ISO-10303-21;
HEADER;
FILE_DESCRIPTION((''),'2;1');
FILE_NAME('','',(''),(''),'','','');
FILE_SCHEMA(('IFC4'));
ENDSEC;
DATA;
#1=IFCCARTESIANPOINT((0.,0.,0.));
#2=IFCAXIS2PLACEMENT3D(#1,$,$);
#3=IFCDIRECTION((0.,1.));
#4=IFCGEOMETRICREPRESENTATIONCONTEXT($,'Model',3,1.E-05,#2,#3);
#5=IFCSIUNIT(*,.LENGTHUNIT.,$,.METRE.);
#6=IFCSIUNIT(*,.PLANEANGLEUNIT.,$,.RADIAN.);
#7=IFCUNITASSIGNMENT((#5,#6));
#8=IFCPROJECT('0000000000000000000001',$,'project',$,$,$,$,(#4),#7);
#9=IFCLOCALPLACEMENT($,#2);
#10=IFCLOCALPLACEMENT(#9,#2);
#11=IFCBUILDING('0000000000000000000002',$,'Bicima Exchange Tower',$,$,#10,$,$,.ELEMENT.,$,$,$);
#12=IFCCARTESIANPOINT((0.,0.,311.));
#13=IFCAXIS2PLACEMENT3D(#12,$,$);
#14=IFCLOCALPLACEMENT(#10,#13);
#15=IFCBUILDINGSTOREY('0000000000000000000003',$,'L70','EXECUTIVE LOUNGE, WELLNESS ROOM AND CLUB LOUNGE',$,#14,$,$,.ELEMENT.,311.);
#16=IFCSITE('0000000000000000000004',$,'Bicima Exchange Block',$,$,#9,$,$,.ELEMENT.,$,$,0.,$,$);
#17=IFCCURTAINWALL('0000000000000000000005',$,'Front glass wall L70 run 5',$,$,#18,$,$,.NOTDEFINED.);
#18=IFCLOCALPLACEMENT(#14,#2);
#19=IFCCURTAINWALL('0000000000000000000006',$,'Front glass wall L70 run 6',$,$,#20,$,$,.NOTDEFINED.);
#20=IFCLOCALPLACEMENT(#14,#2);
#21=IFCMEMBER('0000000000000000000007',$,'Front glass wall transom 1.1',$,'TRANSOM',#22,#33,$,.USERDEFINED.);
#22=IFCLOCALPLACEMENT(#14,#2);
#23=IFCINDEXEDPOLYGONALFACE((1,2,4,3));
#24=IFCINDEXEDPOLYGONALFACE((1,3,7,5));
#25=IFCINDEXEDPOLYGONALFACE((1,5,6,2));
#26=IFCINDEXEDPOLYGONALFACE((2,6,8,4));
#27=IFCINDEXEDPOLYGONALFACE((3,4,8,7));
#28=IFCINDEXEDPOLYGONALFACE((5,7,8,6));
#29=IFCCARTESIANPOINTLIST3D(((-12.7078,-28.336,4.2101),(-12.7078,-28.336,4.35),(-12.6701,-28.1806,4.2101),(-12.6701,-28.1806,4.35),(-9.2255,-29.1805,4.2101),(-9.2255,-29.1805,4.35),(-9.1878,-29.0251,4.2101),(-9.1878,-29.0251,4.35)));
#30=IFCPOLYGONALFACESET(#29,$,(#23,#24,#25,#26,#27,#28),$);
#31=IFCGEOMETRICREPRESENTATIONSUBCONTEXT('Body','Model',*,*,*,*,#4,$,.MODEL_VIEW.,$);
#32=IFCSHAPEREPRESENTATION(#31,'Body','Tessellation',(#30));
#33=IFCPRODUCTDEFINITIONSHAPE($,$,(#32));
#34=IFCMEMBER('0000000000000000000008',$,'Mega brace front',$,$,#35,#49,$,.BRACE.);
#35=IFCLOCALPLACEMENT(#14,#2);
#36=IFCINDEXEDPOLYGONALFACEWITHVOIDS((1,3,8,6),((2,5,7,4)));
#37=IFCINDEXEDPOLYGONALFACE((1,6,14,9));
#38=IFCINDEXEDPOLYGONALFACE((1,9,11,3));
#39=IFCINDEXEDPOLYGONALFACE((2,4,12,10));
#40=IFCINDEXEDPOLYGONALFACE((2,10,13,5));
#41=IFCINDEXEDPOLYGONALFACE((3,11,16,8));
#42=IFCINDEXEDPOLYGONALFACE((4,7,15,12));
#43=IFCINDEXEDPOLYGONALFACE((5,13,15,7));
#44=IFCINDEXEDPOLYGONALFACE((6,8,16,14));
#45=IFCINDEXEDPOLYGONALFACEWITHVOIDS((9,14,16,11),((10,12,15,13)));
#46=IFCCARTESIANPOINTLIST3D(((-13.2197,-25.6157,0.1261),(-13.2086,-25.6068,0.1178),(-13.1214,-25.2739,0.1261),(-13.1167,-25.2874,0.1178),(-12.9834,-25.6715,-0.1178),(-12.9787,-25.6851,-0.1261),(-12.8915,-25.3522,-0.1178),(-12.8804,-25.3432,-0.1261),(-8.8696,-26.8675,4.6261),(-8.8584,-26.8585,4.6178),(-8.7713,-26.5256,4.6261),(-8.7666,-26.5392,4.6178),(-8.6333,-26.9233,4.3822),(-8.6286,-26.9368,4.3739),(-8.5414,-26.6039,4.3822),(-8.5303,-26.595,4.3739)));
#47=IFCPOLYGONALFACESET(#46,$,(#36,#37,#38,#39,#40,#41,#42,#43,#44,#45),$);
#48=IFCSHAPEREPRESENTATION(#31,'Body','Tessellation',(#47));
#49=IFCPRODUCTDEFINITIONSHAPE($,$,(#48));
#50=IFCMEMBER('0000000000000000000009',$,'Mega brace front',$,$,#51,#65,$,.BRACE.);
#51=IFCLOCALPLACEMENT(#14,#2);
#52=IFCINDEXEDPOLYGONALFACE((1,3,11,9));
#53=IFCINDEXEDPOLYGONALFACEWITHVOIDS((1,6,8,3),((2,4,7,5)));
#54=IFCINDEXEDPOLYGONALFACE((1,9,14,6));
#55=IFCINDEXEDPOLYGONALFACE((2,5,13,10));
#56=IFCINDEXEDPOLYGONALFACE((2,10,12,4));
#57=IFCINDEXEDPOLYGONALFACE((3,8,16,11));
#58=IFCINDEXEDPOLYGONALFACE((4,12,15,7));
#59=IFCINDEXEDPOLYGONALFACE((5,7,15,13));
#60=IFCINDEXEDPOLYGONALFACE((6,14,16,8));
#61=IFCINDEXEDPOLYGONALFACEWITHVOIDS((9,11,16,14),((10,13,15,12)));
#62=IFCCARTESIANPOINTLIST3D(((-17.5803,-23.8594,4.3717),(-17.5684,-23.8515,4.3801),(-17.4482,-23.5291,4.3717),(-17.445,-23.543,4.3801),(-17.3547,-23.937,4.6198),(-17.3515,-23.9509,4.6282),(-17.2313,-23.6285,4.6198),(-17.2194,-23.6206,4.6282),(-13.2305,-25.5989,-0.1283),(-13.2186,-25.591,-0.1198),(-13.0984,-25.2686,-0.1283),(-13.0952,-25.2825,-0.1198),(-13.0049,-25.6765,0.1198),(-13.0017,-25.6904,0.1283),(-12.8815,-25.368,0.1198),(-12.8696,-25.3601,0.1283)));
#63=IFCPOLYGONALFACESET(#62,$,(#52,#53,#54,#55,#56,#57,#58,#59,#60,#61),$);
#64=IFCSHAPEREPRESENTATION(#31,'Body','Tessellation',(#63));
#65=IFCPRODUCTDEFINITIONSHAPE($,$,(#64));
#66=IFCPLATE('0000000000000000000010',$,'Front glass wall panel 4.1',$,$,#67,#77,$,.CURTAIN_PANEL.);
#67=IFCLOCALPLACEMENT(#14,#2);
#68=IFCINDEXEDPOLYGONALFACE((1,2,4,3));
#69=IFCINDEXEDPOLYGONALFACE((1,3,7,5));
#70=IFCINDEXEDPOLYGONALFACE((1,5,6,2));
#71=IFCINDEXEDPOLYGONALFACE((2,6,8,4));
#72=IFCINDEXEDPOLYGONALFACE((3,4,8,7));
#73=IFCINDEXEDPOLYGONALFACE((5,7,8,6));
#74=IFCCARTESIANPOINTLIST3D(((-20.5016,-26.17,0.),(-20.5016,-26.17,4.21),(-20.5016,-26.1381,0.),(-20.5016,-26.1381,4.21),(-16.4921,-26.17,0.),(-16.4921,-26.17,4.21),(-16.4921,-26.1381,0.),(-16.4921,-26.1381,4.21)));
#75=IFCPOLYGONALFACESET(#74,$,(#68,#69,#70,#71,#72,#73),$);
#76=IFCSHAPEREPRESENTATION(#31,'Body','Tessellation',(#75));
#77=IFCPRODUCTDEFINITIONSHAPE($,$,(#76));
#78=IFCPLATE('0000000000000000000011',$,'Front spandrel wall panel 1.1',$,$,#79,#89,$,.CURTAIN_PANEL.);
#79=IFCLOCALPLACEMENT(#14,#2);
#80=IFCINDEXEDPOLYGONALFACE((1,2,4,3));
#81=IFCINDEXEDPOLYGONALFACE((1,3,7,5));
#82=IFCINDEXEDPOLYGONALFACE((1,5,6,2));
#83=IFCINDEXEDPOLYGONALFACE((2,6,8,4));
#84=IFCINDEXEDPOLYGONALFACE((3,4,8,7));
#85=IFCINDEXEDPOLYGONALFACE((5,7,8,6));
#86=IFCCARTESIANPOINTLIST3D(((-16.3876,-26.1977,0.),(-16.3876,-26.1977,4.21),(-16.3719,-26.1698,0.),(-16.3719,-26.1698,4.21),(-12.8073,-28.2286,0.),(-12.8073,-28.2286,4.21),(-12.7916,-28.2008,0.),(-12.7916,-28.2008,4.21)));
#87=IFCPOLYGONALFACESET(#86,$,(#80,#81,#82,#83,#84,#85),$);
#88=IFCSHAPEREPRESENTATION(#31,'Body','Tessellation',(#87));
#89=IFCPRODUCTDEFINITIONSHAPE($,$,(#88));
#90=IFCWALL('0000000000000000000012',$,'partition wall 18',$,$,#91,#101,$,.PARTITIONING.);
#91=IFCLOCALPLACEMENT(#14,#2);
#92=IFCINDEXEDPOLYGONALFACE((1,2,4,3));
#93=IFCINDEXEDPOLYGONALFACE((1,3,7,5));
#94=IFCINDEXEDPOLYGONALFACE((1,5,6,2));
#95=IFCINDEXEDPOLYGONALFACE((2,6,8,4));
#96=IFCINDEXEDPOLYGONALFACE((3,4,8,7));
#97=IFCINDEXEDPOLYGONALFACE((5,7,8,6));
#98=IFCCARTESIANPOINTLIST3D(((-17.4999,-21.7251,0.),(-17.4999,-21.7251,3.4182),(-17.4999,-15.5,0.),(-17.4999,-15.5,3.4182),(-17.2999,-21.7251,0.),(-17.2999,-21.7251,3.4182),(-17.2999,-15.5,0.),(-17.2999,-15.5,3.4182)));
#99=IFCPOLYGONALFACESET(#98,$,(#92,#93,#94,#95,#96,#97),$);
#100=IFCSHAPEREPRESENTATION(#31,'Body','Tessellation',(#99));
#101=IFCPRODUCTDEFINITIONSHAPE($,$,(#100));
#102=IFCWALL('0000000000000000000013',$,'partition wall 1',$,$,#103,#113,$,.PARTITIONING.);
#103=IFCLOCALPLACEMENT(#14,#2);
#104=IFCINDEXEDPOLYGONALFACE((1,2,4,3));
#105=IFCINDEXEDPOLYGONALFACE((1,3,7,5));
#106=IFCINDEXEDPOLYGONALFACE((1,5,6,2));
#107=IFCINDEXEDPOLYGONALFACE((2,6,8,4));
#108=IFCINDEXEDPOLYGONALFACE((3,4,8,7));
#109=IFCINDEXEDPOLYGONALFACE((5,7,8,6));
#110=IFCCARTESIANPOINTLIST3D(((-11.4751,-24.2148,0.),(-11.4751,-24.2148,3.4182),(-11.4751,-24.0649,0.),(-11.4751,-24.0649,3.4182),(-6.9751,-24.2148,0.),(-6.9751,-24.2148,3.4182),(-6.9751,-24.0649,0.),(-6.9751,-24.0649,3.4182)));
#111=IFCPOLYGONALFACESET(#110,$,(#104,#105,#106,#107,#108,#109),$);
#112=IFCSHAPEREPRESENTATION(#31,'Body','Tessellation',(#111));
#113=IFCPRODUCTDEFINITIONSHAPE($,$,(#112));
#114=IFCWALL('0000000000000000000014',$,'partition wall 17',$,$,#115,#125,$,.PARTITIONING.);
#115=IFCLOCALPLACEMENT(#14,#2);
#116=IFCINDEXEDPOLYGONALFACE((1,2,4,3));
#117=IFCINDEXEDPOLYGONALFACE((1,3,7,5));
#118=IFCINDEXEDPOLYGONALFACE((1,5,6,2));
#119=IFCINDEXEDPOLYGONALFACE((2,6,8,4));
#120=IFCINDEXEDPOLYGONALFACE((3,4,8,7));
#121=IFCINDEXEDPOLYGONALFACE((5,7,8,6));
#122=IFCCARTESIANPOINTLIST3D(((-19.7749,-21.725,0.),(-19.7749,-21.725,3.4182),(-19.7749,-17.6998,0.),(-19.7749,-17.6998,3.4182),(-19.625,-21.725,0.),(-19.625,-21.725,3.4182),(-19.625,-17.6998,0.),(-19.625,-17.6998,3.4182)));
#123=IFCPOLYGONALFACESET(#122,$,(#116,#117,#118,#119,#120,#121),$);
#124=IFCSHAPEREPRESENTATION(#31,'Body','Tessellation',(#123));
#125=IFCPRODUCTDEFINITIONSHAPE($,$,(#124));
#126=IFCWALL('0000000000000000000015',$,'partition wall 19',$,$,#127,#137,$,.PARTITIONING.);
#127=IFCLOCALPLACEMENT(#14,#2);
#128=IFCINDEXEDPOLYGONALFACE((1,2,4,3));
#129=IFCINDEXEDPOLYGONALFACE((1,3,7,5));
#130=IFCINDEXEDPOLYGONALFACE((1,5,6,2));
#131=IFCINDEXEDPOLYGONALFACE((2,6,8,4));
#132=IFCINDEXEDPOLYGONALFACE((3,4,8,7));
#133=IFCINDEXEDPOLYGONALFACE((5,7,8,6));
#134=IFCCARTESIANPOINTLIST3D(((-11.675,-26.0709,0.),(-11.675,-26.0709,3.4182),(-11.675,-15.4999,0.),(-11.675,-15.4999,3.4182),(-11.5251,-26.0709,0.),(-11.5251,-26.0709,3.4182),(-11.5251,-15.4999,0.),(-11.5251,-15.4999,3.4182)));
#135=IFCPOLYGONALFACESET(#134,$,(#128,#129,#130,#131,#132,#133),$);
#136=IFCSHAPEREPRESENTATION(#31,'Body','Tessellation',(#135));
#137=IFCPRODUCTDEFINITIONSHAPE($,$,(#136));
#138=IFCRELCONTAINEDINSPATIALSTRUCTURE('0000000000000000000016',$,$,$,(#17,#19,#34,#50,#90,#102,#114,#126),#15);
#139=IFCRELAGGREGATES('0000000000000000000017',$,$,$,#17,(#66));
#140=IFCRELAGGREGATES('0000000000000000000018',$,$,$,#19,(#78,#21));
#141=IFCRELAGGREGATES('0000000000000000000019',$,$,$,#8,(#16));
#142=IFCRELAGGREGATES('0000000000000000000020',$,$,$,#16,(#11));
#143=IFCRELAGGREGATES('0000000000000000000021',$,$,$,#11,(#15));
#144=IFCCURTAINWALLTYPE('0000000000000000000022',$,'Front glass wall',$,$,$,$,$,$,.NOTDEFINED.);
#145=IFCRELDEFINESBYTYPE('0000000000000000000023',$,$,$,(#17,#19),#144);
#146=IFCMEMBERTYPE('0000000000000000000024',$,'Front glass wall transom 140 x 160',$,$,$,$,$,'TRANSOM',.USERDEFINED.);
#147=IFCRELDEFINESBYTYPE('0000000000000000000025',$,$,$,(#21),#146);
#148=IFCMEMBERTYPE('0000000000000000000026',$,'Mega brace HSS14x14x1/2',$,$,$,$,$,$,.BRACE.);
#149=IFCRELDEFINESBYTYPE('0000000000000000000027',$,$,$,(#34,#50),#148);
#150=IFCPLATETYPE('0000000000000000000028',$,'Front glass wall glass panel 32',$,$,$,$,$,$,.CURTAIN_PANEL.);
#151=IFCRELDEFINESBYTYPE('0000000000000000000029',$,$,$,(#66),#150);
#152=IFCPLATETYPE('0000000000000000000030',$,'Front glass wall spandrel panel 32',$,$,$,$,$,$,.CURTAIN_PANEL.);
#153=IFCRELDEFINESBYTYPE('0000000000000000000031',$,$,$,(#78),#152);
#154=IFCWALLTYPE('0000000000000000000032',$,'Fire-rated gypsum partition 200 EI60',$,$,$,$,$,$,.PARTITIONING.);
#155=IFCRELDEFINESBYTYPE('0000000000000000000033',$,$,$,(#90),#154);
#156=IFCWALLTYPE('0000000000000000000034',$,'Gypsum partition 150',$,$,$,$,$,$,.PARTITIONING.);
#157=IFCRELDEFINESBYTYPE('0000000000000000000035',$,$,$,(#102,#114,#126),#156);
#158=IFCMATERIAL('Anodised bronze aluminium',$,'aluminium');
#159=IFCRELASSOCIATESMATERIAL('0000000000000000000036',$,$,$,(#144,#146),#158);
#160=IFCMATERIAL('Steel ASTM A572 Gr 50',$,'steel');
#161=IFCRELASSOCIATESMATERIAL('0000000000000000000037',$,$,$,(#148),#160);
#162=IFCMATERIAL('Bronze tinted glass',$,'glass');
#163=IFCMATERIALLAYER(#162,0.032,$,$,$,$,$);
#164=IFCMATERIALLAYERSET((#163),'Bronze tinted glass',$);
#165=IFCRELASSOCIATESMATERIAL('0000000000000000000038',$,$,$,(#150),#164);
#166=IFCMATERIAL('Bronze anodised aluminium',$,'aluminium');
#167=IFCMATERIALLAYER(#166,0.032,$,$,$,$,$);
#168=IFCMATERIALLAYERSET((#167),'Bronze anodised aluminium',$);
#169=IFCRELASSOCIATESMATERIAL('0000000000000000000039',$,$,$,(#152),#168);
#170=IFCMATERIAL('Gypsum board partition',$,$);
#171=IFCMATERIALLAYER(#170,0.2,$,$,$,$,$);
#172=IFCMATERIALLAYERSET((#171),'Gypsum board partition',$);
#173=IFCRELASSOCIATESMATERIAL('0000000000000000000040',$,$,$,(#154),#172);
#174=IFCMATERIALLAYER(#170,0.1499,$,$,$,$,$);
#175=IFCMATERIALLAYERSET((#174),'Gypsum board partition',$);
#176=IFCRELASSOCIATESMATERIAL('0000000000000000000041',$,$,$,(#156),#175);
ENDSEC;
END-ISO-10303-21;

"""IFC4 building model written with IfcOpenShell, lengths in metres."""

from ifc_helpers import new_model, si_unit, direction, frame, frame_2d, origin, origin_2d, place, context, subcontext, project, spatial, rectangle, hollow_rectangle, extrude, material, layer, layer_set, material_profile, profile_set, type_object, element, aggregate, save


model = new_model("IFC4")

# Units and contexts
model_context = context("Model", 3, precision=1e-05, world=origin(), true_north=direction((0.0, 1.0)))
body_context = subcontext(model_context, "Body", "Model", "MODEL_VIEW")
ifc_project = project(units=[si_unit("LENGTHUNIT", "METRE"), si_unit("PLANEANGLEUNIT", "RADIAN")], contexts=[model_context])

# Site, building, storey
site_placement = place(None, origin())
site = spatial("IfcSite", under=ifc_project, at=site_placement, Name="Bicima Exchange Block", CompositionType="ELEMENT", RefElevation=0.0)
building_placement = place(site_placement, origin())
building = spatial("IfcBuilding", under=site, at=building_placement, Name="Bicima Exchange Tower", CompositionType="ELEMENT")
storey_placement = place(building_placement, frame((0.0, 0.0, 311.0)))
storey = spatial("IfcBuildingStorey", under=building, at=storey_placement, Name="L70", Description="EXECUTIVE LOUNGE, WELLNESS ROOM AND CLUB LOUNGE", CompositionType="ELEMENT", Elevation=311.0)

# Curtain walls
ifc_material_1 = material(Name="Anodised bronze aluminium", Category="aluminium")
curtain_wall_type = type_object("IfcCurtainWallType", Name="Front glass wall", PredefinedType="NOTDEFINED", material=ifc_material_1)
curtain_wall_1_placement = place(storey_placement, origin())
curtain_wall_1 = element("IfcCurtainWall", 1, at=curtain_wall_1_placement, inside=storey, type_object=curtain_wall_type, Name="Front glass wall L70 run 5", PredefinedType="NOTDEFINED")
curtain_wall_2_placement = place(storey_placement, origin())
curtain_wall_2 = element("IfcCurtainWall", 2, at=curtain_wall_2_placement, inside=storey, type_object=curtain_wall_type, Name="Front glass wall L70 run 6", PredefinedType="NOTDEFINED")

# Member
ifc_material_profile_1 = material_profile(ifc_material_1, rectangle(XDim=0.1599, YDim=0.1399, at=origin_2d()))
ifc_profile_set_1 = profile_set([ifc_material_profile_1], Name="Anodised bronze aluminium")
member_type_1 = type_object("IfcMemberType", Name="Front glass wall transom 140 x 160", ElementType="TRANSOM", PredefinedType="USERDEFINED", material=ifc_profile_set_1)
member_1_placement = place(storey_placement, frame((-12.689, -28.2583, 4.28), z_axis=(0.971834, -0.235668, 0.0), x_axis=(0.235668, 0.971834, 0.0)))
member_1 = element("IfcMember", 3, at=member_1_placement, type_object=member_type_1, Name="Front glass wall transom 1.1", ObjectType="TRANSOM", PredefinedType="USERDEFINED", context=body_context, shape_type="SweptSolid", body=[
    extrude(rectangle(XDim=0.1599, YDim=0.1399, at=origin_2d()), origin(), (0.0, 0.0, 1.0), 3.5833),
])

# Members
ifc_material_2 = material(Name="Steel ASTM A572 Gr 50", Category="steel")
ifc_material_profile_2 = material_profile(ifc_material_2, hollow_rectangle(XDim=0.3557, YDim=0.3557, WallThickness=0.0117, at=origin_2d()))
ifc_profile_set_2 = profile_set([ifc_material_profile_2], Name="Steel ASTM A572 Gr 50")
member_type_2 = type_object("IfcMemberType", Name="Mega brace HSS14x14x1/2", PredefinedType="BRACE", material=ifc_profile_set_2)
member_2_placement = place(storey_placement, frame((-13.05, -25.4795, 0.0), z_axis=(0.681534, -0.196107, 0.70502), x_axis=(0.276523, 0.961007, 0.0)))
element("IfcMember", 4, at=member_2_placement, inside=storey, type_object=member_type_2, Name="Mega brace front", PredefinedType="BRACE", context=body_context, shape_type="SweptSolid", body=[
    extrude(hollow_rectangle(XDim=0.3557, YDim=0.3557, WallThickness=0.0117, at=origin_2d()), origin(), (0.0, 0.0, 1.0), 6.3828),
])
member_3_placement = place(storey_placement, frame((-13.05, -25.4795, 0.0), z_axis=(-0.669628, 0.267783, 0.692742), x_axis=(-0.37131, -0.928509, 0.0)))
element("IfcMember", 5, at=member_3_placement, inside=storey, type_object=member_type_2, Name="Mega brace front", PredefinedType="BRACE", context=body_context, shape_type="SweptSolid", body=[
    extrude(hollow_rectangle(XDim=0.3557, YDim=0.3557, WallThickness=0.0117, at=origin_2d()), origin(), (0.0, 0.0, 1.0), 6.4958),
])

# Plates
ifc_material_3 = material(Name="Bronze tinted glass", Category="glass")
ifc_layer_1 = layer(ifc_material_3, 0.032)
ifc_layer_set_1 = layer_set([ifc_layer_1], Name="Bronze tinted glass")
plate_type_1 = type_object("IfcPlateType", Name="Front glass wall glass panel 32", PredefinedType="CURTAIN_PANEL", material=ifc_layer_set_1)
plate_1_placement = place(storey_placement, frame((-18.4968, -26.1541, 0.0), z_axis=(0.0, 0.0, 1.0), x_axis=(1.0, 0.0, 0.0)))
plate_1 = element("IfcPlate", 6, at=plate_1_placement, type_object=plate_type_1, Name="Front glass wall panel 4.1", PredefinedType="CURTAIN_PANEL", context=body_context, shape_type="SweptSolid", body=[
    extrude(rectangle(XDim=4.0095, YDim=0.032, at=origin_2d()), origin(), (0.0, 0.0, 1.0), 4.21),
])
aggregate(curtain_wall_1, [plate_1])
ifc_material_4 = material(Name="Bronze anodised aluminium", Category="aluminium")
ifc_layer_2 = layer(ifc_material_4, 0.032)
ifc_layer_set_2 = layer_set([ifc_layer_2], Name="Bronze anodised aluminium")
plate_type_2 = type_object("IfcPlateType", Name="Front glass wall spandrel panel 32", PredefinedType="CURTAIN_PANEL", material=ifc_layer_set_2)
plate_2_placement = place(storey_placement, frame((-14.5896, -27.1992, 0.0), z_axis=(0.0, 0.0, 1.0), x_axis=(0.869805, -0.493395, 0.0)))
plate_2 = element("IfcPlate", 7, at=plate_2_placement, type_object=plate_type_2, Name="Front spandrel wall panel 1.1", PredefinedType="CURTAIN_PANEL", context=body_context, shape_type="SweptSolid", body=[
    extrude(rectangle(XDim=4.1162, YDim=0.032, at=origin_2d()), origin(), (0.0, 0.0, 1.0), 4.21),
])
aggregate(curtain_wall_2, [plate_2, member_1])

# Walls
ifc_material_5 = material(Name="Gypsum board partition")
ifc_layer_3 = layer(ifc_material_5, 0.2)
ifc_layer_set_3 = layer_set([ifc_layer_3], Name="Gypsum board partition")
wall_type_1 = type_object("IfcWallType", Name="Fire-rated gypsum partition 200 EI60", PredefinedType="PARTITIONING", material=ifc_layer_set_3)
wall_1_placement = place(storey_placement, frame((-17.3999, -21.7251, 0.0), z_axis=(0.0, 0.0, 1.0), x_axis=(0.0, 1.0, 0.0)))
element("IfcWall", 8, at=wall_1_placement, inside=storey, type_object=wall_type_1, Name="partition wall 18", PredefinedType="PARTITIONING", context=body_context, shape_type="SweptSolid", body=[
    extrude(rectangle(XDim=6.2251, YDim=0.2, at=frame_2d((3.1125, 0.0))), origin(), (0.0, 0.0, 1.0), 3.4182),
])
ifc_layer_4 = layer(ifc_material_5, 0.1499)
ifc_layer_set_4 = layer_set([ifc_layer_4], Name="Gypsum board partition")
wall_type_2 = type_object("IfcWallType", Name="Gypsum partition 150", PredefinedType="PARTITIONING", material=ifc_layer_set_4)
wall_2_placement = place(storey_placement, frame((-11.4751, -24.1399, 0.0), z_axis=(0.0, 0.0, 1.0), x_axis=(1.0, 0.0, 0.0)))
element("IfcWall", 9, at=wall_2_placement, inside=storey, type_object=wall_type_2, Name="partition wall 1", PredefinedType="PARTITIONING", context=body_context, shape_type="SweptSolid", body=[
    extrude(rectangle(XDim=4.5, YDim=0.1499, at=frame_2d((2.25, 0.0))), origin(), (0.0, 0.0, 1.0), 3.4182),
])
wall_3_placement = place(storey_placement, frame((-19.7, -21.7251, 0.0), z_axis=(0.0, 0.0, 1.0), x_axis=(0.0, 1.0, 0.0)))
element("IfcWall", 10, at=wall_3_placement, inside=storey, type_object=wall_type_2, Name="partition wall 17", PredefinedType="PARTITIONING", context=body_context, shape_type="SweptSolid", body=[
    extrude(rectangle(XDim=4.0251, YDim=0.1499, at=frame_2d((2.0127, 0.0))), origin(), (0.0, 0.0, 1.0), 3.4182),
])
wall_4_placement = place(storey_placement, frame((-11.6001, -26.071, 0.0), z_axis=(0.0, 0.0, 1.0), x_axis=(0.0, 1.0, 0.0)))
element("IfcWall", 11, at=wall_4_placement, inside=storey, type_object=wall_type_2, Name="partition wall 19", PredefinedType="PARTITIONING", context=body_context, shape_type="SweptSolid", body=[
    extrude(rectangle(XDim=10.571, YDim=0.1499, at=frame_2d((5.2856, 0.0))), origin(), (0.0, 0.0, 1.0), 3.4182),
])

save(model, "model.ifc")
